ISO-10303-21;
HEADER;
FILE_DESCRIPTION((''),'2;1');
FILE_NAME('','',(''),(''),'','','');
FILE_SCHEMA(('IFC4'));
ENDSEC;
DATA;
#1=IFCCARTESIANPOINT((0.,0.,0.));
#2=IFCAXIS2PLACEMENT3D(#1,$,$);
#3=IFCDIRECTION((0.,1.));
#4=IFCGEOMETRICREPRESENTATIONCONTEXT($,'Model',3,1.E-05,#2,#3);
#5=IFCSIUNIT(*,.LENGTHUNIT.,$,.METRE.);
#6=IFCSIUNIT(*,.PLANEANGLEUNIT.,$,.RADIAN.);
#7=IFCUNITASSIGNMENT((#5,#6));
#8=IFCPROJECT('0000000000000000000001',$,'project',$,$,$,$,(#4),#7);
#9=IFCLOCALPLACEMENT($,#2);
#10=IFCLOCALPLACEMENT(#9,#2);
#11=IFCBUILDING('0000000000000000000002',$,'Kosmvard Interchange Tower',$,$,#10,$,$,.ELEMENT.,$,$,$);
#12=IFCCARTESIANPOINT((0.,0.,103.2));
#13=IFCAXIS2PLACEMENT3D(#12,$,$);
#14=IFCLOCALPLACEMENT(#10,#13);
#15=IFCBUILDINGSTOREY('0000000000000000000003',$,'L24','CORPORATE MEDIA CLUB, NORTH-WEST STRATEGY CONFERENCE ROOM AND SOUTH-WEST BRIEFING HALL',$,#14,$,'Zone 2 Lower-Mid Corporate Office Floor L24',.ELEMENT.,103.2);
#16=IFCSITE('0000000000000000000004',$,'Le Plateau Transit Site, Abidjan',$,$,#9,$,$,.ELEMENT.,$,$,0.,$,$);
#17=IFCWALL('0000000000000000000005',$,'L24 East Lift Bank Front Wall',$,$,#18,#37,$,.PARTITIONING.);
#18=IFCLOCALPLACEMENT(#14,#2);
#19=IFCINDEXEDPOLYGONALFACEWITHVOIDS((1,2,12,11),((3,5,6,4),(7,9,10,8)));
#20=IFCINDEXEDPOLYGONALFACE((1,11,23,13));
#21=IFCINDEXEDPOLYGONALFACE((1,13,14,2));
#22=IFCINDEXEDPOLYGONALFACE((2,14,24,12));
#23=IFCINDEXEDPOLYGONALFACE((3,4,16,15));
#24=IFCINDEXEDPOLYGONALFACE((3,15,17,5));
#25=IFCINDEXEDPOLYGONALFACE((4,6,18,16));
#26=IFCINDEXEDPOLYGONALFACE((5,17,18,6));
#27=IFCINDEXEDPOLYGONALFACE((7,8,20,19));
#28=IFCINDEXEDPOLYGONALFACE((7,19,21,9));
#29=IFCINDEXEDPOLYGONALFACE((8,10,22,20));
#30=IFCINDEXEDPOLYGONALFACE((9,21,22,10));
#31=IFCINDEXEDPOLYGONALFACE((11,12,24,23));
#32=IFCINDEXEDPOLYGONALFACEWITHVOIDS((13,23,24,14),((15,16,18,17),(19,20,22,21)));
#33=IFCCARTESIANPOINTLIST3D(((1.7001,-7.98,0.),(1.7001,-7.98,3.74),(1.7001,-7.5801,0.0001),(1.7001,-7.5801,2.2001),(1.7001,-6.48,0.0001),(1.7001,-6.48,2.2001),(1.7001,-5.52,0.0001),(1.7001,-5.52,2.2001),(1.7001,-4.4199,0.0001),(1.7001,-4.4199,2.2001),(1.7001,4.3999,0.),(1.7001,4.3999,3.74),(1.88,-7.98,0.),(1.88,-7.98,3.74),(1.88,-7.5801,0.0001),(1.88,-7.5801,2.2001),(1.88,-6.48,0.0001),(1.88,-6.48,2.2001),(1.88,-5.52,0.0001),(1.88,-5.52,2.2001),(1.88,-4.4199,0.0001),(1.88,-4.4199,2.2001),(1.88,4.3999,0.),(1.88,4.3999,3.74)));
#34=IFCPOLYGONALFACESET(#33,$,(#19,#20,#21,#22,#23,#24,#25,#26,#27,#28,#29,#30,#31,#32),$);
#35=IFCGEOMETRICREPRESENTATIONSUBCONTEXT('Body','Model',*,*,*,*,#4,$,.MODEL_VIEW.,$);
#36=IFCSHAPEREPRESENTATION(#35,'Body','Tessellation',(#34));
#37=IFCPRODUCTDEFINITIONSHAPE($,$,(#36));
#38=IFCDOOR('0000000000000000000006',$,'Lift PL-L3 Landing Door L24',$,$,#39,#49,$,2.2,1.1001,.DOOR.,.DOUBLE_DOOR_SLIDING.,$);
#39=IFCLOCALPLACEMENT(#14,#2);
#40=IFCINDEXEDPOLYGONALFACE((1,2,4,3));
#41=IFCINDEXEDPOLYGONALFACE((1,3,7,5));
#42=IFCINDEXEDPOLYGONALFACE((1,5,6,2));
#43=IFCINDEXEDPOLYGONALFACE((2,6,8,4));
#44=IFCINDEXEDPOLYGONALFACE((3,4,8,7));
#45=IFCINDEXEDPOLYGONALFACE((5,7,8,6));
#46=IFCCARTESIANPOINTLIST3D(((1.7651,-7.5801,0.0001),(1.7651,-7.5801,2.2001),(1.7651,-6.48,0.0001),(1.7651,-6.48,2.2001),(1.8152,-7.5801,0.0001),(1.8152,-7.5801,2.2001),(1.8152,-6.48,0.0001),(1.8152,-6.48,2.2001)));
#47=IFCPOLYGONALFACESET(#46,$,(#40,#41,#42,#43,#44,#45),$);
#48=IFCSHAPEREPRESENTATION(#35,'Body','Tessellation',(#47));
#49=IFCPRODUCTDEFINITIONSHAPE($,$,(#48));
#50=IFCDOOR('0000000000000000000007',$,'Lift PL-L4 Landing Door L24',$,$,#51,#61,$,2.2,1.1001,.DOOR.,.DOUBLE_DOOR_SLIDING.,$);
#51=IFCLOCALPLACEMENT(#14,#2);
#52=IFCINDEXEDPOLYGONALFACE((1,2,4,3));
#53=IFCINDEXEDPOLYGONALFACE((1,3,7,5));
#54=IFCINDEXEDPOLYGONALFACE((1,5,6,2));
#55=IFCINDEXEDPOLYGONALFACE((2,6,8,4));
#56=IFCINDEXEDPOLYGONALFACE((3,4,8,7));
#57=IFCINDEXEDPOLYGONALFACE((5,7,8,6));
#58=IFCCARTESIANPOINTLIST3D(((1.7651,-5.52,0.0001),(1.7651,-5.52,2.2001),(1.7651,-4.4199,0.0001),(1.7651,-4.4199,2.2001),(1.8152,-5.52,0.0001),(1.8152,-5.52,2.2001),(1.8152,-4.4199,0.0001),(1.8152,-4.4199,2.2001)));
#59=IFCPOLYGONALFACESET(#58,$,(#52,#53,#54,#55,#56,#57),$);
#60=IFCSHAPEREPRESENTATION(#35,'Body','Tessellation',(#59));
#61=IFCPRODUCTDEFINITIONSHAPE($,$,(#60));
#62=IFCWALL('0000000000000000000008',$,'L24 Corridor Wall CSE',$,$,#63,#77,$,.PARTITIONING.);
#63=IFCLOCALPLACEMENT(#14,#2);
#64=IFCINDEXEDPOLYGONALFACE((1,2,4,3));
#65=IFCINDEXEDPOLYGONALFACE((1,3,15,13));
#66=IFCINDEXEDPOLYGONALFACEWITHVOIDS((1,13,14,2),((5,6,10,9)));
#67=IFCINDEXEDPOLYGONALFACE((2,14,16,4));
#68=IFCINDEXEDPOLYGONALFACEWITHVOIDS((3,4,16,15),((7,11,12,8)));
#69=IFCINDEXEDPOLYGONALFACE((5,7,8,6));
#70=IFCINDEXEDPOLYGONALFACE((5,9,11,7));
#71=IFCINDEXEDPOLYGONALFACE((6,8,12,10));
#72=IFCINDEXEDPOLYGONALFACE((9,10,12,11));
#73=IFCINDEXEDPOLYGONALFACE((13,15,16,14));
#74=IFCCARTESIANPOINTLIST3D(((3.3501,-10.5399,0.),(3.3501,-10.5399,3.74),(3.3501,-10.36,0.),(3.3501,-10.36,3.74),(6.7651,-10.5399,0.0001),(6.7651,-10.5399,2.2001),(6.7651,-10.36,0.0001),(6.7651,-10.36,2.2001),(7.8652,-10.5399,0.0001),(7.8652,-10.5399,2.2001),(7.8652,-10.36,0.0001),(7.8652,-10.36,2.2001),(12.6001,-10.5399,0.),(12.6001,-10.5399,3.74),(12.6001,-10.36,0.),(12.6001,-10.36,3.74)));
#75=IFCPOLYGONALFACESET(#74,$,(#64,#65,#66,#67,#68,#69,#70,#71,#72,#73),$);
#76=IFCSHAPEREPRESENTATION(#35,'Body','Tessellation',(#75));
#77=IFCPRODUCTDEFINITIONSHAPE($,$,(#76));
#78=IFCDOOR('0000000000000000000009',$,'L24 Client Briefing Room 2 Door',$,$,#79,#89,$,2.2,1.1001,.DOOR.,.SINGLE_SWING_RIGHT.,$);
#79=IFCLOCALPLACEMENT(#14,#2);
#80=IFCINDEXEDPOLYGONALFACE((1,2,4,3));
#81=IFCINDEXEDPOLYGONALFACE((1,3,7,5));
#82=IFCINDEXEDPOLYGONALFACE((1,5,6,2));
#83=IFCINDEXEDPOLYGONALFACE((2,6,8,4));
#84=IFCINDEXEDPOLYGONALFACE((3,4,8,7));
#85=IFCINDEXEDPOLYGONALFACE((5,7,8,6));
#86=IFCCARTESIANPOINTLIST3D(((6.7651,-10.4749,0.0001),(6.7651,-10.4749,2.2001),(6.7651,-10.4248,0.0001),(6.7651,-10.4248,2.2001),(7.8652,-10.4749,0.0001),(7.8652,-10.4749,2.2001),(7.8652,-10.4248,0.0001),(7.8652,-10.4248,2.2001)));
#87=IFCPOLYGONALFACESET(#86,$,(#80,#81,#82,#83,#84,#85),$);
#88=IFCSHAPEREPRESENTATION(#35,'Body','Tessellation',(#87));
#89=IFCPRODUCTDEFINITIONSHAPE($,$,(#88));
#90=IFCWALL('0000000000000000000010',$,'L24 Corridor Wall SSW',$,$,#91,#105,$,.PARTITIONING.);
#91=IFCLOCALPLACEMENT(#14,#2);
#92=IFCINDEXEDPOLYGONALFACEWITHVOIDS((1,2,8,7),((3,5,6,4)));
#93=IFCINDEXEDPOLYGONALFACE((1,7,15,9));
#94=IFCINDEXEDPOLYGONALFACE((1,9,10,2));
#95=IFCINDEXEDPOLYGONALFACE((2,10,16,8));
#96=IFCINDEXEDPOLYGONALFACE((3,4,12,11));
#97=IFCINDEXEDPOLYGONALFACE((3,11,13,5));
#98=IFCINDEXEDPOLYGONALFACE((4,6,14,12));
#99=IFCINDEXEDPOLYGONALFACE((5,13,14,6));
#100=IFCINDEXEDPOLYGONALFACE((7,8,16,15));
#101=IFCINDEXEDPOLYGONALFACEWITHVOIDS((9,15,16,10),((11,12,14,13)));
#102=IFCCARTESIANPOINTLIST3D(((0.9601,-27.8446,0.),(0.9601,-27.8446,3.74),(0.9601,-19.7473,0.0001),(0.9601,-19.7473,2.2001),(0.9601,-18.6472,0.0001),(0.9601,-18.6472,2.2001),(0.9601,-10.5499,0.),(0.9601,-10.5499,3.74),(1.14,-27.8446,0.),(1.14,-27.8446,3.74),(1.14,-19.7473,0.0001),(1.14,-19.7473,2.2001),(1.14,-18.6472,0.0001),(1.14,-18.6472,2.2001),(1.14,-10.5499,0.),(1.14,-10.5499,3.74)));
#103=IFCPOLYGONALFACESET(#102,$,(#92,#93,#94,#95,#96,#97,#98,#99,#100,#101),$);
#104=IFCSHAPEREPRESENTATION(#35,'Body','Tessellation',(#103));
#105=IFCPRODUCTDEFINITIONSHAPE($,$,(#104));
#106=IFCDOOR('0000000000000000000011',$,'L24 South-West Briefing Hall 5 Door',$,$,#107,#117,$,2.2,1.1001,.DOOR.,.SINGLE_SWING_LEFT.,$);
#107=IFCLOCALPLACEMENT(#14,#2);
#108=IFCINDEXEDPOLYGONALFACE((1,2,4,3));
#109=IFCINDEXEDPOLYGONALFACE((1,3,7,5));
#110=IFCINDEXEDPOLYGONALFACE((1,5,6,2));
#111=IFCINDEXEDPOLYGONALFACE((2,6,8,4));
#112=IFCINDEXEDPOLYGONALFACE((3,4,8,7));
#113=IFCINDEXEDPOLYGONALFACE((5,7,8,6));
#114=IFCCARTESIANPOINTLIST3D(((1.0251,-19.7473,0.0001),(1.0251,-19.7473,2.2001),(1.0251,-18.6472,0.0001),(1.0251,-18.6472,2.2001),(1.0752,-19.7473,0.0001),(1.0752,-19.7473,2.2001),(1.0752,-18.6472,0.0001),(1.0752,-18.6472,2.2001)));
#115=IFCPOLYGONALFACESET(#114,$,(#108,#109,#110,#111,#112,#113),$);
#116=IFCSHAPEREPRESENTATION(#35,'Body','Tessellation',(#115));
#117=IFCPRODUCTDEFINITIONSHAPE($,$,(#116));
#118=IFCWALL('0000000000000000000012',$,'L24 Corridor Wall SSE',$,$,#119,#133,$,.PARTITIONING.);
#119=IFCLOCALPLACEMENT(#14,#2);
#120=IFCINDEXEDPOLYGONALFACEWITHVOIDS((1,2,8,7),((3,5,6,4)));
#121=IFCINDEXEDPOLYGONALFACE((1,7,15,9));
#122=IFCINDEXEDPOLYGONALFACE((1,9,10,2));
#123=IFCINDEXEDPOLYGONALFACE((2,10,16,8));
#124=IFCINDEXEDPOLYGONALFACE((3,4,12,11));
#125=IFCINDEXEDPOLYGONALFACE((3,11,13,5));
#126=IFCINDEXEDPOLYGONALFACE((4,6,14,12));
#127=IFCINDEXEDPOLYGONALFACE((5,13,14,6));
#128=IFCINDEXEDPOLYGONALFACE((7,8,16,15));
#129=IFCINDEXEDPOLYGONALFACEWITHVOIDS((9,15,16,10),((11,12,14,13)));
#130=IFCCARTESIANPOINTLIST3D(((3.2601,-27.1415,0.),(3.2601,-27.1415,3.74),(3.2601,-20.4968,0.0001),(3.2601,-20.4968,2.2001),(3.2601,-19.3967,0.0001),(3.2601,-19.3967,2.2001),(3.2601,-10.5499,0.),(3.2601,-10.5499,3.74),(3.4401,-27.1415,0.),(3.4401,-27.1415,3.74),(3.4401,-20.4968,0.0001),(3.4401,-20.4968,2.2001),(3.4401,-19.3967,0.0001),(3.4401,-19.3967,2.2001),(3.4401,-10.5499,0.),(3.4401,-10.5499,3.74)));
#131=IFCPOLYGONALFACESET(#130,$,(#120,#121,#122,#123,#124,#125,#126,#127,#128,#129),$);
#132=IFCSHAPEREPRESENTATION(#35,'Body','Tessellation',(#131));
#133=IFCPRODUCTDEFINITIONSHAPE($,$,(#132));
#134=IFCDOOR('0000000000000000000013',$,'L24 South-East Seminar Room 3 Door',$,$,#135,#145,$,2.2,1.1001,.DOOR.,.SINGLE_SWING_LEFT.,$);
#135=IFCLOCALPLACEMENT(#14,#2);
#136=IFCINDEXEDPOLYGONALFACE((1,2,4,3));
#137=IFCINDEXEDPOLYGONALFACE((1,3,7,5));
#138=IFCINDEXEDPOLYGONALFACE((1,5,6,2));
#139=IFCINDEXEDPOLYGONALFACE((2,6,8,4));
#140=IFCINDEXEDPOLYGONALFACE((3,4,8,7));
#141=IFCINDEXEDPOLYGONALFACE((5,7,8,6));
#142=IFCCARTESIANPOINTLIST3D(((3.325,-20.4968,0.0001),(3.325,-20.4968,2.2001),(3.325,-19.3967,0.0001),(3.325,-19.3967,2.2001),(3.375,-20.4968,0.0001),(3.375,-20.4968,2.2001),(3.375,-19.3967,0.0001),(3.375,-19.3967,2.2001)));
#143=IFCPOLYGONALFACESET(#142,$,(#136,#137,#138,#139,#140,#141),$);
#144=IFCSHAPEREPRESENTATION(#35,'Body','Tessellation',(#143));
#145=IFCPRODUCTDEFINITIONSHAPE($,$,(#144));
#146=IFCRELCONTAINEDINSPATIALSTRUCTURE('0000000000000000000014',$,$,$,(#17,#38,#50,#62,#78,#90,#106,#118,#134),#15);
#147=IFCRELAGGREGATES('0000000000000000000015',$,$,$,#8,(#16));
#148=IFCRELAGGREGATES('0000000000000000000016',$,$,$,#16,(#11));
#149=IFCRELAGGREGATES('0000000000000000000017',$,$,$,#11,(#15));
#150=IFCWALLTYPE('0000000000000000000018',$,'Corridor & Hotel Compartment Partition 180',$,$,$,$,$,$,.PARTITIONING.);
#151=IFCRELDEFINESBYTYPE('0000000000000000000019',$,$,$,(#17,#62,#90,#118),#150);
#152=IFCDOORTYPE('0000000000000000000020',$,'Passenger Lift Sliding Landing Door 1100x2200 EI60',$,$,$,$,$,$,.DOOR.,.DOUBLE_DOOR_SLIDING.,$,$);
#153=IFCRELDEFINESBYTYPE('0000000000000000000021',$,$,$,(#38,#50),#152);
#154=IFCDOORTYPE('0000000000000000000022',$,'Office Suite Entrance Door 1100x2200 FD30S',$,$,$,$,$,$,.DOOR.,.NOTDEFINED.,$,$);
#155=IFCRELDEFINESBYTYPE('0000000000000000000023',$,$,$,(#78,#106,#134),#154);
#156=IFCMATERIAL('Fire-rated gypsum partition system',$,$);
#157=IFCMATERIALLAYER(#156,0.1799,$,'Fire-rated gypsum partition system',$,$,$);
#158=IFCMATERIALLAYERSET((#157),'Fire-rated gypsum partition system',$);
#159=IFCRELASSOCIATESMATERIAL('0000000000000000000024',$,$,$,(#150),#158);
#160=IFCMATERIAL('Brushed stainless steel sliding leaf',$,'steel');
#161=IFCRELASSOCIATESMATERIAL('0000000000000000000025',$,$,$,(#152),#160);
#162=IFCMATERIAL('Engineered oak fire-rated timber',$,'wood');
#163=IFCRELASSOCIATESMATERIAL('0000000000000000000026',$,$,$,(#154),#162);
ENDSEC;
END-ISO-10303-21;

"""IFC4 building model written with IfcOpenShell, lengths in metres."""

from ifc_helpers import new_model, si_unit, direction, frame, frame_2d, origin, place, context, subcontext, project, spatial, rectangle, extrude, source, transform, mapped, material, layer, layer_set, type_object, element, fill, save


model = new_model("IFC4")

# Units and contexts
model_context = context("Model", 3, precision=1e-05, world=origin(), true_north=direction((0.0, 1.0)))
body_context = subcontext(model_context, "Body", "Model", "MODEL_VIEW")
ifc_project = project(units=[si_unit("LENGTHUNIT", "METRE"), si_unit("PLANEANGLEUNIT", "RADIAN")], contexts=[model_context])

# Site, building, storey
site_placement = place(None, origin())
site = spatial("IfcSite", under=ifc_project, at=site_placement, Name="Le Plateau Transit Site, Abidjan", CompositionType="ELEMENT", RefElevation=0.0)
building_placement = place(site_placement, origin())
building = spatial("IfcBuilding", under=site, at=building_placement, Name="Kosmvard Interchange Tower", CompositionType="ELEMENT")
storey_placement = place(building_placement, frame((0.0, 0.0, 103.2)))
storey = spatial("IfcBuildingStorey", under=building, at=storey_placement, Name="L24", Description="CORPORATE MEDIA CLUB, NORTH-WEST STRATEGY CONFERENCE ROOM AND SOUTH-WEST BRIEFING HALL", LongName="Zone 2 Lower-Mid Corporate Office Floor L24", CompositionType="ELEMENT", Elevation=103.2)

# Wall, openings, doors
ifc_material_1 = material(Name="Fire-rated gypsum partition system")
ifc_layer_1 = layer(ifc_material_1, 0.1799, Name="Fire-rated gypsum partition system")
ifc_layer_set_1 = layer_set([ifc_layer_1], Name="Fire-rated gypsum partition system")
wall_type_1 = type_object("IfcWallType", Name="Corridor & Hotel Compartment Partition 180", PredefinedType="PARTITIONING", material=ifc_layer_set_1)
wall_1_placement = place(storey_placement, frame((1.79, -7.98, 0.0), z_axis=(0.0, 0.0, 1.0), x_axis=(0.0, 1.0, 0.0)))
wall_1 = element("IfcWall", 1, at=wall_1_placement, inside=storey, type_object=wall_type_1, Name="L24 East Lift Bank Front Wall", PredefinedType="PARTITIONING", context=body_context, shape_type="SweptSolid", body=[
    extrude(rectangle(XDim=12.3799, YDim=0.1799, at=frame_2d((6.1899, 0.0))), origin(), (0.0, 0.0, 1.0), 3.74),
])
opening_1_placement = place(wall_1_placement, frame((0.3999, 0.0, 0.0)))
opening_1 = element("IfcOpeningElement", 2, at=opening_1_placement, cuts=wall_1, PredefinedType="OPENING", context=body_context, shape_type="SweptSolid", body=[
    extrude(rectangle(XDim=1.1001, YDim=2.2, at=frame_2d((0.55, 1.1001))), frame((0.0, 0.1001, 0.0), z_axis=(0.0, -1.0, 0.0), x_axis=(1.0, 0.0, 0.0)), (0.0, 0.0, 1.0), 0.2),
])
opening_2_placement = place(wall_1_placement, frame((2.46, 0.0, 0.0)))
opening_2 = element("IfcOpeningElement", 3, at=opening_2_placement, cuts=wall_1, PredefinedType="OPENING", context=body_context, shape_type="SweptSolid", body=[
    extrude(rectangle(XDim=1.1001, YDim=2.2, at=frame_2d((0.55, 1.1001))), frame((0.0, 0.1001, 0.0), z_axis=(0.0, -1.0, 0.0), x_axis=(1.0, 0.0, 0.0)), (0.0, 0.0, 1.0), 0.2),
])
ifc_material_2 = material(Name="Brushed stainless steel sliding leaf", Category="steel")
door_type_1 = type_object("IfcDoorType", Name="Passenger Lift Sliding Landing Door 1100x2200 EI60", OperationType="DOUBLE_DOOR_SLIDING", PredefinedType="DOOR", material=ifc_material_2)
shared_shape_1 = source(origin(), body_context, "Body", "SweptSolid", [
    extrude(rectangle(XDim=1.1001, YDim=2.2, at=frame_2d((0.55, 1.1001))), frame((0.0, 0.0249, 0.0), z_axis=(0.0, -1.0, 0.0), x_axis=(1.0, 0.0, 0.0)), (0.0, 0.0, 1.0), 0.05),
])
door_1_placement = place(opening_1_placement, origin())
door_1 = element("IfcDoor", 4, at=door_1_placement, inside=storey, type_object=door_type_1, Name="Lift PL-L3 Landing Door L24", OperationType="DOUBLE_DOOR_SLIDING", OverallHeight=2.2, OverallWidth=1.1001, PredefinedType="DOOR", context=body_context, shape_type="MappedRepresentation", body=[
    mapped(shared_shape_1, transform((0.0, 0.0, 0.0), scale=1.0)),
])
fill(opening_1, door_1)
door_2_placement = place(opening_2_placement, origin())
door_2 = element("IfcDoor", 5, at=door_2_placement, inside=storey, type_object=door_type_1, Name="Lift PL-L4 Landing Door L24", OperationType="DOUBLE_DOOR_SLIDING", OverallHeight=2.2, OverallWidth=1.1001, PredefinedType="DOOR", context=body_context, shape_type="MappedRepresentation", body=[
    mapped(shared_shape_1, transform((0.0, 0.0, 0.0), scale=1.0)),
])
fill(opening_2, door_2)

# Walls, openings, doors
wall_2_placement = place(storey_placement, frame((3.3501, -10.45, 0.0), z_axis=(0.0, 0.0, 1.0), x_axis=(1.0, 0.0, 0.0)))
wall_2 = element("IfcWall", 6, at=wall_2_placement, inside=storey, type_object=wall_type_1, Name="L24 Corridor Wall CSE", PredefinedType="PARTITIONING", context=body_context, shape_type="SweptSolid", body=[
    extrude(rectangle(XDim=9.25, YDim=0.1799, at=frame_2d((4.625, 0.0))), origin(), (0.0, 0.0, 1.0), 3.74),
])
opening_3_placement = place(wall_2_placement, frame((3.415, 0.0, 0.0)))
opening_3 = element("IfcOpeningElement", 7, at=opening_3_placement, cuts=wall_2, PredefinedType="OPENING", context=body_context, shape_type="SweptSolid", body=[
    extrude(rectangle(XDim=1.1001, YDim=2.2, at=frame_2d((0.55, 1.1001))), frame((0.0, 0.1001, 0.0), z_axis=(0.0, -1.0, 0.0), x_axis=(1.0, 0.0, 0.0)), (0.0, 0.0, 1.0), 0.2),
])
ifc_material_3 = material(Name="Engineered oak fire-rated timber", Category="wood")
door_type_2 = type_object("IfcDoorType", Name="Office Suite Entrance Door 1100x2200 FD30S", OperationType="NOTDEFINED", PredefinedType="DOOR", material=ifc_material_3)
door_3_placement = place(opening_3_placement, frame((1.1001, 0.0, 0.0), z_axis=(0.0, 0.0, 1.0), x_axis=(-1.0, 0.0, 0.0)))
door_3 = element("IfcDoor", 8, at=door_3_placement, inside=storey, type_object=door_type_2, Name="L24 Client Briefing Room 2 Door", OperationType="SINGLE_SWING_RIGHT", OverallHeight=2.2, OverallWidth=1.1001, PredefinedType="DOOR", context=body_context, shape_type="MappedRepresentation", body=[
    mapped(shared_shape_1, transform((0.0, 0.0, 0.0), scale=1.0)),
])
fill(opening_3, door_3)
wall_3_placement = place(storey_placement, frame((1.05, -27.8447, 0.0), z_axis=(0.0, 0.0, 1.0), x_axis=(0.0, 1.0, 0.0)))
wall_3 = element("IfcWall", 9, at=wall_3_placement, inside=storey, type_object=wall_type_1, Name="L24 Corridor Wall SSW", PredefinedType="PARTITIONING", context=body_context, shape_type="SweptSolid", body=[
    extrude(rectangle(XDim=17.2947, YDim=0.1799, at=frame_2d((8.6475, 0.0))), origin(), (0.0, 0.0, 1.0), 3.74),
])
opening_4_placement = place(wall_3_placement, frame((8.0974, 0.0, 0.0)))
opening_4 = element("IfcOpeningElement", 10, at=opening_4_placement, cuts=wall_3, PredefinedType="OPENING", context=body_context, shape_type="SweptSolid", body=[
    extrude(rectangle(XDim=1.1001, YDim=2.2, at=frame_2d((0.55, 1.1001))), frame((0.0, 0.1001, 0.0), z_axis=(0.0, -1.0, 0.0), x_axis=(1.0, 0.0, 0.0)), (0.0, 0.0, 1.0), 0.2),
])
door_4_placement = place(opening_4_placement, origin())
door_4 = element("IfcDoor", 11, at=door_4_placement, inside=storey, type_object=door_type_2, Name="L24 South-West Briefing Hall 5 Door", OperationType="SINGLE_SWING_LEFT", OverallHeight=2.2, OverallWidth=1.1001, PredefinedType="DOOR", context=body_context, shape_type="MappedRepresentation", body=[
    mapped(shared_shape_1, transform((0.0, 0.0, 0.0), scale=1.0)),
])
fill(opening_4, door_4)
wall_4_placement = place(storey_placement, frame((3.3501, -27.1416, 0.0), z_axis=(0.0, 0.0, 1.0), x_axis=(0.0, 1.0, 0.0)))
wall_4 = element("IfcWall", 12, at=wall_4_placement, inside=storey, type_object=wall_type_1, Name="L24 Corridor Wall SSE", PredefinedType="PARTITIONING", context=body_context, shape_type="SweptSolid", body=[
    extrude(rectangle(XDim=16.5916, YDim=0.1799, at=frame_2d((8.2959, 0.0))), origin(), (0.0, 0.0, 1.0), 3.74),
])
opening_5_placement = place(wall_4_placement, frame((6.6448, 0.0, 0.0)))
opening_5 = element("IfcOpeningElement", 13, at=opening_5_placement, cuts=wall_4, PredefinedType="OPENING", context=body_context, shape_type="SweptSolid", body=[
    extrude(rectangle(XDim=1.1001, YDim=2.2, at=frame_2d((0.55, 1.1001))), frame((0.0, 0.1001, 0.0), z_axis=(0.0, -1.0, 0.0), x_axis=(1.0, 0.0, 0.0)), (0.0, 0.0, 1.0), 0.2),
])
door_5_placement = place(opening_5_placement, frame((1.1001, 0.0, 0.0), z_axis=(0.0, 0.0, 1.0), x_axis=(-1.0, 0.0, 0.0)))
door_5 = element("IfcDoor", 14, at=door_5_placement, inside=storey, type_object=door_type_2, Name="L24 South-East Seminar Room 3 Door", OperationType="SINGLE_SWING_LEFT", OverallHeight=2.2, OverallWidth=1.1001, PredefinedType="DOOR", context=body_context, shape_type="MappedRepresentation", body=[
    mapped(shared_shape_1, transform((0.0, 0.0, 0.0), scale=1.0)),
])
fill(opening_5, door_5)

save(model, "model.ifc")
